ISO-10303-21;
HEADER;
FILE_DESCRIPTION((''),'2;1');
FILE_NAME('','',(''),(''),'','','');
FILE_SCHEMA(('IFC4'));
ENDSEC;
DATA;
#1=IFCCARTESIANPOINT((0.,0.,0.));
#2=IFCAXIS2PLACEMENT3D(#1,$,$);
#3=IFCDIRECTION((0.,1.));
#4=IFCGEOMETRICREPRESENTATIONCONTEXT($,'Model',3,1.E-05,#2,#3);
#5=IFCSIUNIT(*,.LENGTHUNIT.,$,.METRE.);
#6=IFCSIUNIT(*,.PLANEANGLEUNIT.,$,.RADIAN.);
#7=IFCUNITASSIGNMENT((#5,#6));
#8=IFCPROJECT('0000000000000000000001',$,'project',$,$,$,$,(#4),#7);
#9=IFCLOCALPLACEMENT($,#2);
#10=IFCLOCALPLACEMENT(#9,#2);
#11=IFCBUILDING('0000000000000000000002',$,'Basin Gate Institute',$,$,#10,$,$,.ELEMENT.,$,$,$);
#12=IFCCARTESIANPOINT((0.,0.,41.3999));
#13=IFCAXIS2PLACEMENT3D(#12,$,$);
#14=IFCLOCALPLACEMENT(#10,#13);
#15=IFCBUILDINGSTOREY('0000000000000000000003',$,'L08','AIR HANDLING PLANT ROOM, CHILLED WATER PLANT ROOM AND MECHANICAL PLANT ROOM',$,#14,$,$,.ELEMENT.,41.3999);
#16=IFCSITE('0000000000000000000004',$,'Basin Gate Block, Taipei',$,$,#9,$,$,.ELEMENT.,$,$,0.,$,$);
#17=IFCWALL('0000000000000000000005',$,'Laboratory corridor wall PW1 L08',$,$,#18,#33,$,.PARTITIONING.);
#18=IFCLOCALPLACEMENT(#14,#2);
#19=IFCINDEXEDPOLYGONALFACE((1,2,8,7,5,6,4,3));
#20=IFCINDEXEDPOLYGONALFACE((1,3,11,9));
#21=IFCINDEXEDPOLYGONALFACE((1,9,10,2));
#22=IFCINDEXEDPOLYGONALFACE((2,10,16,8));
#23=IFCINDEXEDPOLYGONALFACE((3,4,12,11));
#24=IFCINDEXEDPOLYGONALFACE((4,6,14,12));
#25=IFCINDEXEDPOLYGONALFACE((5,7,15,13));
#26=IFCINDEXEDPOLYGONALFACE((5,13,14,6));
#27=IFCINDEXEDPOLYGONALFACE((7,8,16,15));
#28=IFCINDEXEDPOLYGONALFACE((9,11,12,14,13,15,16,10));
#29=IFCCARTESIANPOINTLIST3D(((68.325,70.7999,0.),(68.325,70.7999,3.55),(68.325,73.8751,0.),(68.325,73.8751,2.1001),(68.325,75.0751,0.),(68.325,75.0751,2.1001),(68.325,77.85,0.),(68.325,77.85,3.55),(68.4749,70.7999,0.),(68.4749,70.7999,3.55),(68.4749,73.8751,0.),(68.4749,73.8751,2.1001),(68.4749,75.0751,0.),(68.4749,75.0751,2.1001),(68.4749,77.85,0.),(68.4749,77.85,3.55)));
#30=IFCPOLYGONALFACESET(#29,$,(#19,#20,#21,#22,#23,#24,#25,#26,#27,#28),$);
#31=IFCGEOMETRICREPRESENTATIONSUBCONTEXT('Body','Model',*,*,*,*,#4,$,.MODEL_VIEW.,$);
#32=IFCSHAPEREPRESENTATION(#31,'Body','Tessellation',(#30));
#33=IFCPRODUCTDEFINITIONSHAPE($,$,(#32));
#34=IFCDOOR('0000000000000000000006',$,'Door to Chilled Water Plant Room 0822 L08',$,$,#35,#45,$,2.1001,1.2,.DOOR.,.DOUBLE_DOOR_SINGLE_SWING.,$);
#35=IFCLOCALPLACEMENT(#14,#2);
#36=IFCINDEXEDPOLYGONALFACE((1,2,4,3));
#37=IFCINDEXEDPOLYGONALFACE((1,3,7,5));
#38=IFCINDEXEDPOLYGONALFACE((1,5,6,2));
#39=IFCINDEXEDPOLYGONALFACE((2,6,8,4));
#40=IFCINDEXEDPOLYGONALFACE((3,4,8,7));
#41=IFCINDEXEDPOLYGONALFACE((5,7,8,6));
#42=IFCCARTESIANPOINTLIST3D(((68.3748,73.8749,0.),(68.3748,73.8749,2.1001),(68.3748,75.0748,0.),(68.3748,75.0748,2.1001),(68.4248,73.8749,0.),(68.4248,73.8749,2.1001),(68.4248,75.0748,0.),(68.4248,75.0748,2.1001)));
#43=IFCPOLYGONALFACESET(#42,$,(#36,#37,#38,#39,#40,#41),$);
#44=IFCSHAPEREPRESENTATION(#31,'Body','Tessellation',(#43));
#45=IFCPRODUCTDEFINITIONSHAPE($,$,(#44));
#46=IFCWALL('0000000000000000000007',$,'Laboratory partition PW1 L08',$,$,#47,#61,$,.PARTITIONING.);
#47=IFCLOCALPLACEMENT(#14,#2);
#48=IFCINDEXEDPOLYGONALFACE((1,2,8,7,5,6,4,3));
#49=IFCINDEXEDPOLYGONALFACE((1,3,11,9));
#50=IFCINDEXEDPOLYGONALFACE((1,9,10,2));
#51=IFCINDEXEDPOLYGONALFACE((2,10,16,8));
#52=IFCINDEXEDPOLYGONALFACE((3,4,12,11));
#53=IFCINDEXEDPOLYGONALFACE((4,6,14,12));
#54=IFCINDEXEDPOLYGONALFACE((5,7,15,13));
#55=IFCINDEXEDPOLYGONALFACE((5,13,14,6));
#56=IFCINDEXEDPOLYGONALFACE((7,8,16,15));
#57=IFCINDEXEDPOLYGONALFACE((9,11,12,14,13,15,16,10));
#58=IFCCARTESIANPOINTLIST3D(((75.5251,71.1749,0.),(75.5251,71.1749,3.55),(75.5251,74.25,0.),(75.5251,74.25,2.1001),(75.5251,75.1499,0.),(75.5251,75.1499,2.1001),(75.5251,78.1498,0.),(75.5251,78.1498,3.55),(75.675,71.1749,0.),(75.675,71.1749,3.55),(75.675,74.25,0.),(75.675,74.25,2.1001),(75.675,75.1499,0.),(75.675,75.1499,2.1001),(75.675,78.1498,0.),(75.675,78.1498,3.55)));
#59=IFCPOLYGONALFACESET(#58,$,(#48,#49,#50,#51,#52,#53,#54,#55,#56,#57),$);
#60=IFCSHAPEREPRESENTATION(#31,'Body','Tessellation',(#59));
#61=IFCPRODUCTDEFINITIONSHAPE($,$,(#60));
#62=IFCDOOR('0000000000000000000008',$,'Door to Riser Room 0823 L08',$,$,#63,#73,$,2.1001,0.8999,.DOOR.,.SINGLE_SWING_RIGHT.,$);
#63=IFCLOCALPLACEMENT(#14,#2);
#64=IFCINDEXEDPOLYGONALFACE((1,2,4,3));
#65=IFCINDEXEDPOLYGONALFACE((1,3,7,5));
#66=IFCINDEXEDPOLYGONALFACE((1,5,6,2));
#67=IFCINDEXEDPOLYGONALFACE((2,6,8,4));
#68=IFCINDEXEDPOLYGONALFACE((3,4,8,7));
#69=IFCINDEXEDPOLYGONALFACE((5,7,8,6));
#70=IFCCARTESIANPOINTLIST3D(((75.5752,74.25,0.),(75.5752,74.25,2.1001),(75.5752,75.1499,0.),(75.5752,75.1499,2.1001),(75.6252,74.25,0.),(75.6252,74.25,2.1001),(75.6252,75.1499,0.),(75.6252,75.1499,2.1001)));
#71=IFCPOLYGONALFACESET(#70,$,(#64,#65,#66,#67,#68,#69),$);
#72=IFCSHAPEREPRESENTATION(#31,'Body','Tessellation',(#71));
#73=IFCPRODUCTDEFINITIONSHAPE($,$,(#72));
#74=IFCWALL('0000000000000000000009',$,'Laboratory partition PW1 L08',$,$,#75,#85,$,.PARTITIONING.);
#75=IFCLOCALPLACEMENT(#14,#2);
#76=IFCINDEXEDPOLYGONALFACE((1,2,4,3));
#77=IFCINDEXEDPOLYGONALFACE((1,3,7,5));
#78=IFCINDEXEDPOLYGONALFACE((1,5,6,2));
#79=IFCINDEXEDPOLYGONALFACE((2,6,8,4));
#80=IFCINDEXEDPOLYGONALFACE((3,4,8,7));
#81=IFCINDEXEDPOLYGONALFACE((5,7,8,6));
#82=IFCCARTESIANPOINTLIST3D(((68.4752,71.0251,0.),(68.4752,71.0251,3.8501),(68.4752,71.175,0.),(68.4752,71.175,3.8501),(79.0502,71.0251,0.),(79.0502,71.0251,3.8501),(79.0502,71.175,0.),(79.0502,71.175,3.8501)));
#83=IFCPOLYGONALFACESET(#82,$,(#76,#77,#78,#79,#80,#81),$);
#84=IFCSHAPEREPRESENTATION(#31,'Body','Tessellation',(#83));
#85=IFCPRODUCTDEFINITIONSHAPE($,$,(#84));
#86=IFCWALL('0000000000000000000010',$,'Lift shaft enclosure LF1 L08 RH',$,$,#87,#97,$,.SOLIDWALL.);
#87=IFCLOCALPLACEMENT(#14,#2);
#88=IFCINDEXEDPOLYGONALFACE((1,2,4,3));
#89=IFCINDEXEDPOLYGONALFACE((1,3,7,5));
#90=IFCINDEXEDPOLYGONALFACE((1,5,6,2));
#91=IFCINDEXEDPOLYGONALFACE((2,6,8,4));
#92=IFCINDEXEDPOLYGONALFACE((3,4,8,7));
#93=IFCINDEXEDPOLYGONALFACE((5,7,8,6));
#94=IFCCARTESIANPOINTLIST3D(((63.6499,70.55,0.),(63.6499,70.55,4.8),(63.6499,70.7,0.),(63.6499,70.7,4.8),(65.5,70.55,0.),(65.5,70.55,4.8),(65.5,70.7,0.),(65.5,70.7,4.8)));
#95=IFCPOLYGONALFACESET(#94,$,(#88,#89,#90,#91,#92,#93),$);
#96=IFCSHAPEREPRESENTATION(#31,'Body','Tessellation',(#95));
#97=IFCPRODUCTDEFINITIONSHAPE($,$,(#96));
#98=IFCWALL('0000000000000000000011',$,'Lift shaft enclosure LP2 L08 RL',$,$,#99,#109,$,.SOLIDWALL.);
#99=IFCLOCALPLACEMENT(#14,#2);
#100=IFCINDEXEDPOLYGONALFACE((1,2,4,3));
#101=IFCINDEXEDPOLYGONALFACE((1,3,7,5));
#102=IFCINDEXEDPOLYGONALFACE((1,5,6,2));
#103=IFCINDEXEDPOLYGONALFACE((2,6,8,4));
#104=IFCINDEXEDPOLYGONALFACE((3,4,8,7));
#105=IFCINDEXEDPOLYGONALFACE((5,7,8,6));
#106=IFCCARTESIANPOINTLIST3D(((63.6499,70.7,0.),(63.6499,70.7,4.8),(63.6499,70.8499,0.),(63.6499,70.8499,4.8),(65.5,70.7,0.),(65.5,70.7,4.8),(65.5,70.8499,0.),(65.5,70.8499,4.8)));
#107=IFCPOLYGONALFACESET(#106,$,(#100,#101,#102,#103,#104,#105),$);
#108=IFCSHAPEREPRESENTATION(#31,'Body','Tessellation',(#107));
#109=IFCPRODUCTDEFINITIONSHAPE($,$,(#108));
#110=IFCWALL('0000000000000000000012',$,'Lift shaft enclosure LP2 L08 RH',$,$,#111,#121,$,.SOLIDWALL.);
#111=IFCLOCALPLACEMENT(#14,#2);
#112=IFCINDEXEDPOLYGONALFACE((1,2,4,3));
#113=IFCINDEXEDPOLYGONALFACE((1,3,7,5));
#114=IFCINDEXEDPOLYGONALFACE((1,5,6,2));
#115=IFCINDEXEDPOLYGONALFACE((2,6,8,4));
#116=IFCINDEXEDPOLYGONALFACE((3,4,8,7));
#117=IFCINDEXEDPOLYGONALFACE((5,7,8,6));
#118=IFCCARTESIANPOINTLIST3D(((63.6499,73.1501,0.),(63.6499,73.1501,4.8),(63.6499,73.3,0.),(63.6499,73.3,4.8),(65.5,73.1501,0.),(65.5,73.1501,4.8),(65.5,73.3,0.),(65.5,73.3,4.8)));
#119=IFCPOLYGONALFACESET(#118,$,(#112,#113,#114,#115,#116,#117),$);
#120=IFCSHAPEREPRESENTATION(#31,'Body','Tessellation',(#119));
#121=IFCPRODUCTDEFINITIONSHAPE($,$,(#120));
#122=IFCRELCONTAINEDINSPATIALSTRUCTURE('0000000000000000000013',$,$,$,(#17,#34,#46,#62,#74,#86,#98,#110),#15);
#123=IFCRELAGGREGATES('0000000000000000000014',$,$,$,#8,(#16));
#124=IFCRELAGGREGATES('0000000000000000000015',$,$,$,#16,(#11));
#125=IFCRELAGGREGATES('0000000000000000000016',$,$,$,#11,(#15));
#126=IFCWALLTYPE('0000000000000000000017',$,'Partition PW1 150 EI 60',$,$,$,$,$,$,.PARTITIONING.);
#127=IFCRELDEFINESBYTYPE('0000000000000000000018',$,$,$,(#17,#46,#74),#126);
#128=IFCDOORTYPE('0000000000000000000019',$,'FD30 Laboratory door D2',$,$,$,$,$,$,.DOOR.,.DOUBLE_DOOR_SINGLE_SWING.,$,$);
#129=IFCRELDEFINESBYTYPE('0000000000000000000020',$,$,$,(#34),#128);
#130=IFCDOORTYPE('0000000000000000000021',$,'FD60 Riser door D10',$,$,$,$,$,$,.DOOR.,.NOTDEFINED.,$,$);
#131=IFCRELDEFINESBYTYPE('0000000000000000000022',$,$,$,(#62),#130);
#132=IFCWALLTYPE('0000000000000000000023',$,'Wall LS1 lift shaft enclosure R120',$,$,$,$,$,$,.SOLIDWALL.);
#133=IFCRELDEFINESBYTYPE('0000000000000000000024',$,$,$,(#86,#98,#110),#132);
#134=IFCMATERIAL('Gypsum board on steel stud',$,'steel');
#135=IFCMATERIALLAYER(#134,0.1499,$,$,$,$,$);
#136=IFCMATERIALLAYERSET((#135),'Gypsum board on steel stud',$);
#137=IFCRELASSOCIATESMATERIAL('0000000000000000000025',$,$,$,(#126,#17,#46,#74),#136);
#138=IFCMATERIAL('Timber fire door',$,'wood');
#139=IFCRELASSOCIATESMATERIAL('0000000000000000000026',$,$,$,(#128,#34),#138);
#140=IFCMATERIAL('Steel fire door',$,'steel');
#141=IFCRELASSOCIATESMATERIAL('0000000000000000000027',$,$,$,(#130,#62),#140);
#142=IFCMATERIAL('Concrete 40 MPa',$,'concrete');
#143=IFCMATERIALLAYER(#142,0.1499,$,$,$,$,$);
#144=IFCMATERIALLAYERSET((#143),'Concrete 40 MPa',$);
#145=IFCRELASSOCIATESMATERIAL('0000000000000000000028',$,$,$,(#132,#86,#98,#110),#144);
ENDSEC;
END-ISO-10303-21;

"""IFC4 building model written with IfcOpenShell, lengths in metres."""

from ifc_helpers import new_model, si_unit, direction, frame, frame_2d, origin, place, context, subcontext, project, spatial, rectangle, extrude, material, layer, layer_set, type_object, element, fill, save


model = new_model("IFC4")

# Units and contexts
model_context = context("Model", 3, precision=1e-05, world=origin(), true_north=direction((0.0, 1.0)))
body_context = subcontext(model_context, "Body", "Model", "MODEL_VIEW")
ifc_project = project(units=[si_unit("LENGTHUNIT", "METRE"), si_unit("PLANEANGLEUNIT", "RADIAN")], contexts=[model_context])

# Site, building, storey
site_placement = place(None, origin())
site = spatial("IfcSite", under=ifc_project, at=site_placement, Name="Basin Gate Block, Taipei", CompositionType="ELEMENT", RefElevation=0.0)
building_placement = place(site_placement, origin())
building = spatial("IfcBuilding", under=site, at=building_placement, Name="Basin Gate Institute", CompositionType="ELEMENT")
storey_placement = place(building_placement, frame((0.0, 0.0, 41.3999)))
storey = spatial("IfcBuildingStorey", under=building, at=storey_placement, Name="L08", Description="AIR HANDLING PLANT ROOM, CHILLED WATER PLANT ROOM AND MECHANICAL PLANT ROOM", CompositionType="ELEMENT", Elevation=41.3999)

# Walls, openings, doors
ifc_material_1 = material(Name="Gypsum board on steel stud", Category="steel")
ifc_layer_1 = layer(ifc_material_1, 0.1499)
ifc_layer_set_1 = layer_set([ifc_layer_1], Name="Gypsum board on steel stud")
wall_type_1 = type_object("IfcWallType", Name="Partition PW1 150 EI 60", PredefinedType="PARTITIONING", material=ifc_layer_set_1)
wall_1_placement = place(storey_placement, frame((68.3999, 70.8, 0.0), z_axis=(0.0, 0.0, 1.0), x_axis=(0.0, 1.0, 0.0)))
wall_1 = element("IfcWall", 1, at=wall_1_placement, inside=storey, type_object=wall_type_1, material=ifc_layer_set_1, Name="Laboratory corridor wall PW1 L08", PredefinedType="PARTITIONING", context=body_context, shape_type="SweptSolid", body=[
    extrude(rectangle(XDim=7.05, YDim=0.1499, at=frame_2d((3.5249, 0.0))), origin(), (0.0, 0.0, 1.0), 3.55),
])
opening_1_placement = place(wall_1_placement, frame((3.075, 0.0, 0.0)))
opening_1 = element("IfcOpeningElement", 2, at=opening_1_placement, cuts=wall_1, PredefinedType="OPENING", context=body_context, shape_type="SweptSolid", body=[
    extrude(rectangle(XDim=1.2, YDim=2.1001, at=frame_2d((0.6001, 1.05))), frame((0.0, 0.085, 0.0), z_axis=(0.0, -1.0, 0.0), x_axis=(1.0, 0.0, 0.0)), (0.0, 0.0, 1.0), 0.1699),
])
ifc_material_2 = material(Name="Timber fire door", Category="wood")
door_type_1 = type_object("IfcDoorType", Name="FD30 Laboratory door D2", OperationType="DOUBLE_DOOR_SINGLE_SWING", PredefinedType="DOOR", material=ifc_material_2)
door_1_placement = place(opening_1_placement, frame((1.2, 0.0, 0.0), z_axis=(0.0, 0.0, 1.0), x_axis=(-1.0, 0.0, 0.0)))
door_1 = element("IfcDoor", 3, at=door_1_placement, inside=storey, type_object=door_type_1, material=ifc_material_2, Name="Door to Chilled Water Plant Room 0822 L08", OperationType="DOUBLE_DOOR_SINGLE_SWING", OverallHeight=2.1001, OverallWidth=1.2, PredefinedType="DOOR", context=body_context, shape_type="SweptSolid", body=[
    extrude(rectangle(XDim=1.2, YDim=2.1001, at=frame_2d((0.6001, 1.05))), frame((0.0, 0.0249, 0.0), z_axis=(0.0, -1.0, 0.0), x_axis=(1.0, 0.0, 0.0)), (0.0, 0.0, 1.0), 0.05),
])
fill(opening_1, door_1)
wall_2_placement = place(storey_placement, frame((75.6001, 71.175, 0.0), z_axis=(0.0, 0.0, 1.0), x_axis=(0.0, 1.0, 0.0)))
wall_2 = element("IfcWall", 4, at=wall_2_placement, inside=storey, type_object=wall_type_1, material=ifc_layer_set_1, Name="Laboratory partition PW1 L08", PredefinedType="PARTITIONING", context=body_context, shape_type="SweptSolid", body=[
    extrude(rectangle(XDim=6.9749, YDim=0.1499, at=frame_2d((3.4873, 0.0))), origin(), (0.0, 0.0, 1.0), 3.55),
])
opening_2_placement = place(wall_2_placement, frame((3.075, 0.0, 0.0)))
opening_2 = element("IfcOpeningElement", 5, at=opening_2_placement, cuts=wall_2, PredefinedType="OPENING", context=body_context, shape_type="SweptSolid", body=[
    extrude(rectangle(XDim=0.8999, YDim=2.1001, at=frame_2d((0.45, 1.05))), frame((0.0, 0.085, 0.0), z_axis=(0.0, -1.0, 0.0), x_axis=(1.0, 0.0, 0.0)), (0.0, 0.0, 1.0), 0.1699),
])
ifc_material_3 = material(Name="Steel fire door", Category="steel")
door_type_2 = type_object("IfcDoorType", Name="FD60 Riser door D10", OperationType="NOTDEFINED", PredefinedType="DOOR", material=ifc_material_3)
door_2_placement = place(opening_2_placement, origin())
door_2 = element("IfcDoor", 6, at=door_2_placement, inside=storey, type_object=door_type_2, material=ifc_material_3, Name="Door to Riser Room 0823 L08", OperationType="SINGLE_SWING_RIGHT", OverallHeight=2.1001, OverallWidth=0.8999, PredefinedType="DOOR", context=body_context, shape_type="SweptSolid", body=[
    extrude(rectangle(XDim=0.8999, YDim=2.1001, at=frame_2d((0.45, 1.05))), frame((0.0, 0.0249, 0.0), z_axis=(0.0, -1.0, 0.0), x_axis=(1.0, 0.0, 0.0)), (0.0, 0.0, 1.0), 0.05),
])
fill(opening_2, door_2)

# Walls
wall_3_placement = place(storey_placement, frame((68.4751, 71.1001, 0.0), z_axis=(0.0, 0.0, 1.0), x_axis=(1.0, 0.0, 0.0)))
element("IfcWall", 7, at=wall_3_placement, inside=storey, type_object=wall_type_1, material=ifc_layer_set_1, Name="Laboratory partition PW1 L08", PredefinedType="PARTITIONING", context=body_context, shape_type="SweptSolid", body=[
    extrude(rectangle(XDim=10.575, YDim=0.1499, at=frame_2d((5.2876, 0.0))), origin(), (0.0, 0.0, 1.0), 3.8501),
])
ifc_material_4 = material(Name="Concrete 40 MPa", Category="concrete")
ifc_layer_2 = layer(ifc_material_4, 0.1499)
ifc_layer_set_2 = layer_set([ifc_layer_2], Name="Concrete 40 MPa")
wall_type_2 = type_object("IfcWallType", Name="Wall LS1 lift shaft enclosure R120", PredefinedType="SOLIDWALL", material=ifc_layer_set_2)
for number, where, z_axis, x_axis, name in (
    (8, (63.6499, 70.625, 0.0), (0.0, 0.0, 1.0), (1.0, 0.0, 0.0), "Lift shaft enclosure LF1 L08 RH"),
    (9, (63.6499, 70.7749, 0.0), (0.0, 0.0, 1.0), (1.0, 0.0, 0.0), "Lift shaft enclosure LP2 L08 RL"),
    (10, (63.6499, 73.2251, 0.0), (0.0, 0.0, 1.0), (1.0, 0.0, 0.0), "Lift shaft enclosure LP2 L08 RH"),
):
    element("IfcWall", number, at=place(storey_placement, frame(where, z_axis=z_axis, x_axis=x_axis)), inside=storey, type_object=wall_type_2, material=ifc_layer_set_2, Name=name, PredefinedType="SOLIDWALL", context=body_context, shape_type="SweptSolid", body=[
        extrude(rectangle(XDim=1.8501, YDim=0.1499, at=frame_2d((0.925, 0.0))), origin(), (0.0, 0.0, 1.0), 4.8),
    ])

save(model, "model.ifc")
